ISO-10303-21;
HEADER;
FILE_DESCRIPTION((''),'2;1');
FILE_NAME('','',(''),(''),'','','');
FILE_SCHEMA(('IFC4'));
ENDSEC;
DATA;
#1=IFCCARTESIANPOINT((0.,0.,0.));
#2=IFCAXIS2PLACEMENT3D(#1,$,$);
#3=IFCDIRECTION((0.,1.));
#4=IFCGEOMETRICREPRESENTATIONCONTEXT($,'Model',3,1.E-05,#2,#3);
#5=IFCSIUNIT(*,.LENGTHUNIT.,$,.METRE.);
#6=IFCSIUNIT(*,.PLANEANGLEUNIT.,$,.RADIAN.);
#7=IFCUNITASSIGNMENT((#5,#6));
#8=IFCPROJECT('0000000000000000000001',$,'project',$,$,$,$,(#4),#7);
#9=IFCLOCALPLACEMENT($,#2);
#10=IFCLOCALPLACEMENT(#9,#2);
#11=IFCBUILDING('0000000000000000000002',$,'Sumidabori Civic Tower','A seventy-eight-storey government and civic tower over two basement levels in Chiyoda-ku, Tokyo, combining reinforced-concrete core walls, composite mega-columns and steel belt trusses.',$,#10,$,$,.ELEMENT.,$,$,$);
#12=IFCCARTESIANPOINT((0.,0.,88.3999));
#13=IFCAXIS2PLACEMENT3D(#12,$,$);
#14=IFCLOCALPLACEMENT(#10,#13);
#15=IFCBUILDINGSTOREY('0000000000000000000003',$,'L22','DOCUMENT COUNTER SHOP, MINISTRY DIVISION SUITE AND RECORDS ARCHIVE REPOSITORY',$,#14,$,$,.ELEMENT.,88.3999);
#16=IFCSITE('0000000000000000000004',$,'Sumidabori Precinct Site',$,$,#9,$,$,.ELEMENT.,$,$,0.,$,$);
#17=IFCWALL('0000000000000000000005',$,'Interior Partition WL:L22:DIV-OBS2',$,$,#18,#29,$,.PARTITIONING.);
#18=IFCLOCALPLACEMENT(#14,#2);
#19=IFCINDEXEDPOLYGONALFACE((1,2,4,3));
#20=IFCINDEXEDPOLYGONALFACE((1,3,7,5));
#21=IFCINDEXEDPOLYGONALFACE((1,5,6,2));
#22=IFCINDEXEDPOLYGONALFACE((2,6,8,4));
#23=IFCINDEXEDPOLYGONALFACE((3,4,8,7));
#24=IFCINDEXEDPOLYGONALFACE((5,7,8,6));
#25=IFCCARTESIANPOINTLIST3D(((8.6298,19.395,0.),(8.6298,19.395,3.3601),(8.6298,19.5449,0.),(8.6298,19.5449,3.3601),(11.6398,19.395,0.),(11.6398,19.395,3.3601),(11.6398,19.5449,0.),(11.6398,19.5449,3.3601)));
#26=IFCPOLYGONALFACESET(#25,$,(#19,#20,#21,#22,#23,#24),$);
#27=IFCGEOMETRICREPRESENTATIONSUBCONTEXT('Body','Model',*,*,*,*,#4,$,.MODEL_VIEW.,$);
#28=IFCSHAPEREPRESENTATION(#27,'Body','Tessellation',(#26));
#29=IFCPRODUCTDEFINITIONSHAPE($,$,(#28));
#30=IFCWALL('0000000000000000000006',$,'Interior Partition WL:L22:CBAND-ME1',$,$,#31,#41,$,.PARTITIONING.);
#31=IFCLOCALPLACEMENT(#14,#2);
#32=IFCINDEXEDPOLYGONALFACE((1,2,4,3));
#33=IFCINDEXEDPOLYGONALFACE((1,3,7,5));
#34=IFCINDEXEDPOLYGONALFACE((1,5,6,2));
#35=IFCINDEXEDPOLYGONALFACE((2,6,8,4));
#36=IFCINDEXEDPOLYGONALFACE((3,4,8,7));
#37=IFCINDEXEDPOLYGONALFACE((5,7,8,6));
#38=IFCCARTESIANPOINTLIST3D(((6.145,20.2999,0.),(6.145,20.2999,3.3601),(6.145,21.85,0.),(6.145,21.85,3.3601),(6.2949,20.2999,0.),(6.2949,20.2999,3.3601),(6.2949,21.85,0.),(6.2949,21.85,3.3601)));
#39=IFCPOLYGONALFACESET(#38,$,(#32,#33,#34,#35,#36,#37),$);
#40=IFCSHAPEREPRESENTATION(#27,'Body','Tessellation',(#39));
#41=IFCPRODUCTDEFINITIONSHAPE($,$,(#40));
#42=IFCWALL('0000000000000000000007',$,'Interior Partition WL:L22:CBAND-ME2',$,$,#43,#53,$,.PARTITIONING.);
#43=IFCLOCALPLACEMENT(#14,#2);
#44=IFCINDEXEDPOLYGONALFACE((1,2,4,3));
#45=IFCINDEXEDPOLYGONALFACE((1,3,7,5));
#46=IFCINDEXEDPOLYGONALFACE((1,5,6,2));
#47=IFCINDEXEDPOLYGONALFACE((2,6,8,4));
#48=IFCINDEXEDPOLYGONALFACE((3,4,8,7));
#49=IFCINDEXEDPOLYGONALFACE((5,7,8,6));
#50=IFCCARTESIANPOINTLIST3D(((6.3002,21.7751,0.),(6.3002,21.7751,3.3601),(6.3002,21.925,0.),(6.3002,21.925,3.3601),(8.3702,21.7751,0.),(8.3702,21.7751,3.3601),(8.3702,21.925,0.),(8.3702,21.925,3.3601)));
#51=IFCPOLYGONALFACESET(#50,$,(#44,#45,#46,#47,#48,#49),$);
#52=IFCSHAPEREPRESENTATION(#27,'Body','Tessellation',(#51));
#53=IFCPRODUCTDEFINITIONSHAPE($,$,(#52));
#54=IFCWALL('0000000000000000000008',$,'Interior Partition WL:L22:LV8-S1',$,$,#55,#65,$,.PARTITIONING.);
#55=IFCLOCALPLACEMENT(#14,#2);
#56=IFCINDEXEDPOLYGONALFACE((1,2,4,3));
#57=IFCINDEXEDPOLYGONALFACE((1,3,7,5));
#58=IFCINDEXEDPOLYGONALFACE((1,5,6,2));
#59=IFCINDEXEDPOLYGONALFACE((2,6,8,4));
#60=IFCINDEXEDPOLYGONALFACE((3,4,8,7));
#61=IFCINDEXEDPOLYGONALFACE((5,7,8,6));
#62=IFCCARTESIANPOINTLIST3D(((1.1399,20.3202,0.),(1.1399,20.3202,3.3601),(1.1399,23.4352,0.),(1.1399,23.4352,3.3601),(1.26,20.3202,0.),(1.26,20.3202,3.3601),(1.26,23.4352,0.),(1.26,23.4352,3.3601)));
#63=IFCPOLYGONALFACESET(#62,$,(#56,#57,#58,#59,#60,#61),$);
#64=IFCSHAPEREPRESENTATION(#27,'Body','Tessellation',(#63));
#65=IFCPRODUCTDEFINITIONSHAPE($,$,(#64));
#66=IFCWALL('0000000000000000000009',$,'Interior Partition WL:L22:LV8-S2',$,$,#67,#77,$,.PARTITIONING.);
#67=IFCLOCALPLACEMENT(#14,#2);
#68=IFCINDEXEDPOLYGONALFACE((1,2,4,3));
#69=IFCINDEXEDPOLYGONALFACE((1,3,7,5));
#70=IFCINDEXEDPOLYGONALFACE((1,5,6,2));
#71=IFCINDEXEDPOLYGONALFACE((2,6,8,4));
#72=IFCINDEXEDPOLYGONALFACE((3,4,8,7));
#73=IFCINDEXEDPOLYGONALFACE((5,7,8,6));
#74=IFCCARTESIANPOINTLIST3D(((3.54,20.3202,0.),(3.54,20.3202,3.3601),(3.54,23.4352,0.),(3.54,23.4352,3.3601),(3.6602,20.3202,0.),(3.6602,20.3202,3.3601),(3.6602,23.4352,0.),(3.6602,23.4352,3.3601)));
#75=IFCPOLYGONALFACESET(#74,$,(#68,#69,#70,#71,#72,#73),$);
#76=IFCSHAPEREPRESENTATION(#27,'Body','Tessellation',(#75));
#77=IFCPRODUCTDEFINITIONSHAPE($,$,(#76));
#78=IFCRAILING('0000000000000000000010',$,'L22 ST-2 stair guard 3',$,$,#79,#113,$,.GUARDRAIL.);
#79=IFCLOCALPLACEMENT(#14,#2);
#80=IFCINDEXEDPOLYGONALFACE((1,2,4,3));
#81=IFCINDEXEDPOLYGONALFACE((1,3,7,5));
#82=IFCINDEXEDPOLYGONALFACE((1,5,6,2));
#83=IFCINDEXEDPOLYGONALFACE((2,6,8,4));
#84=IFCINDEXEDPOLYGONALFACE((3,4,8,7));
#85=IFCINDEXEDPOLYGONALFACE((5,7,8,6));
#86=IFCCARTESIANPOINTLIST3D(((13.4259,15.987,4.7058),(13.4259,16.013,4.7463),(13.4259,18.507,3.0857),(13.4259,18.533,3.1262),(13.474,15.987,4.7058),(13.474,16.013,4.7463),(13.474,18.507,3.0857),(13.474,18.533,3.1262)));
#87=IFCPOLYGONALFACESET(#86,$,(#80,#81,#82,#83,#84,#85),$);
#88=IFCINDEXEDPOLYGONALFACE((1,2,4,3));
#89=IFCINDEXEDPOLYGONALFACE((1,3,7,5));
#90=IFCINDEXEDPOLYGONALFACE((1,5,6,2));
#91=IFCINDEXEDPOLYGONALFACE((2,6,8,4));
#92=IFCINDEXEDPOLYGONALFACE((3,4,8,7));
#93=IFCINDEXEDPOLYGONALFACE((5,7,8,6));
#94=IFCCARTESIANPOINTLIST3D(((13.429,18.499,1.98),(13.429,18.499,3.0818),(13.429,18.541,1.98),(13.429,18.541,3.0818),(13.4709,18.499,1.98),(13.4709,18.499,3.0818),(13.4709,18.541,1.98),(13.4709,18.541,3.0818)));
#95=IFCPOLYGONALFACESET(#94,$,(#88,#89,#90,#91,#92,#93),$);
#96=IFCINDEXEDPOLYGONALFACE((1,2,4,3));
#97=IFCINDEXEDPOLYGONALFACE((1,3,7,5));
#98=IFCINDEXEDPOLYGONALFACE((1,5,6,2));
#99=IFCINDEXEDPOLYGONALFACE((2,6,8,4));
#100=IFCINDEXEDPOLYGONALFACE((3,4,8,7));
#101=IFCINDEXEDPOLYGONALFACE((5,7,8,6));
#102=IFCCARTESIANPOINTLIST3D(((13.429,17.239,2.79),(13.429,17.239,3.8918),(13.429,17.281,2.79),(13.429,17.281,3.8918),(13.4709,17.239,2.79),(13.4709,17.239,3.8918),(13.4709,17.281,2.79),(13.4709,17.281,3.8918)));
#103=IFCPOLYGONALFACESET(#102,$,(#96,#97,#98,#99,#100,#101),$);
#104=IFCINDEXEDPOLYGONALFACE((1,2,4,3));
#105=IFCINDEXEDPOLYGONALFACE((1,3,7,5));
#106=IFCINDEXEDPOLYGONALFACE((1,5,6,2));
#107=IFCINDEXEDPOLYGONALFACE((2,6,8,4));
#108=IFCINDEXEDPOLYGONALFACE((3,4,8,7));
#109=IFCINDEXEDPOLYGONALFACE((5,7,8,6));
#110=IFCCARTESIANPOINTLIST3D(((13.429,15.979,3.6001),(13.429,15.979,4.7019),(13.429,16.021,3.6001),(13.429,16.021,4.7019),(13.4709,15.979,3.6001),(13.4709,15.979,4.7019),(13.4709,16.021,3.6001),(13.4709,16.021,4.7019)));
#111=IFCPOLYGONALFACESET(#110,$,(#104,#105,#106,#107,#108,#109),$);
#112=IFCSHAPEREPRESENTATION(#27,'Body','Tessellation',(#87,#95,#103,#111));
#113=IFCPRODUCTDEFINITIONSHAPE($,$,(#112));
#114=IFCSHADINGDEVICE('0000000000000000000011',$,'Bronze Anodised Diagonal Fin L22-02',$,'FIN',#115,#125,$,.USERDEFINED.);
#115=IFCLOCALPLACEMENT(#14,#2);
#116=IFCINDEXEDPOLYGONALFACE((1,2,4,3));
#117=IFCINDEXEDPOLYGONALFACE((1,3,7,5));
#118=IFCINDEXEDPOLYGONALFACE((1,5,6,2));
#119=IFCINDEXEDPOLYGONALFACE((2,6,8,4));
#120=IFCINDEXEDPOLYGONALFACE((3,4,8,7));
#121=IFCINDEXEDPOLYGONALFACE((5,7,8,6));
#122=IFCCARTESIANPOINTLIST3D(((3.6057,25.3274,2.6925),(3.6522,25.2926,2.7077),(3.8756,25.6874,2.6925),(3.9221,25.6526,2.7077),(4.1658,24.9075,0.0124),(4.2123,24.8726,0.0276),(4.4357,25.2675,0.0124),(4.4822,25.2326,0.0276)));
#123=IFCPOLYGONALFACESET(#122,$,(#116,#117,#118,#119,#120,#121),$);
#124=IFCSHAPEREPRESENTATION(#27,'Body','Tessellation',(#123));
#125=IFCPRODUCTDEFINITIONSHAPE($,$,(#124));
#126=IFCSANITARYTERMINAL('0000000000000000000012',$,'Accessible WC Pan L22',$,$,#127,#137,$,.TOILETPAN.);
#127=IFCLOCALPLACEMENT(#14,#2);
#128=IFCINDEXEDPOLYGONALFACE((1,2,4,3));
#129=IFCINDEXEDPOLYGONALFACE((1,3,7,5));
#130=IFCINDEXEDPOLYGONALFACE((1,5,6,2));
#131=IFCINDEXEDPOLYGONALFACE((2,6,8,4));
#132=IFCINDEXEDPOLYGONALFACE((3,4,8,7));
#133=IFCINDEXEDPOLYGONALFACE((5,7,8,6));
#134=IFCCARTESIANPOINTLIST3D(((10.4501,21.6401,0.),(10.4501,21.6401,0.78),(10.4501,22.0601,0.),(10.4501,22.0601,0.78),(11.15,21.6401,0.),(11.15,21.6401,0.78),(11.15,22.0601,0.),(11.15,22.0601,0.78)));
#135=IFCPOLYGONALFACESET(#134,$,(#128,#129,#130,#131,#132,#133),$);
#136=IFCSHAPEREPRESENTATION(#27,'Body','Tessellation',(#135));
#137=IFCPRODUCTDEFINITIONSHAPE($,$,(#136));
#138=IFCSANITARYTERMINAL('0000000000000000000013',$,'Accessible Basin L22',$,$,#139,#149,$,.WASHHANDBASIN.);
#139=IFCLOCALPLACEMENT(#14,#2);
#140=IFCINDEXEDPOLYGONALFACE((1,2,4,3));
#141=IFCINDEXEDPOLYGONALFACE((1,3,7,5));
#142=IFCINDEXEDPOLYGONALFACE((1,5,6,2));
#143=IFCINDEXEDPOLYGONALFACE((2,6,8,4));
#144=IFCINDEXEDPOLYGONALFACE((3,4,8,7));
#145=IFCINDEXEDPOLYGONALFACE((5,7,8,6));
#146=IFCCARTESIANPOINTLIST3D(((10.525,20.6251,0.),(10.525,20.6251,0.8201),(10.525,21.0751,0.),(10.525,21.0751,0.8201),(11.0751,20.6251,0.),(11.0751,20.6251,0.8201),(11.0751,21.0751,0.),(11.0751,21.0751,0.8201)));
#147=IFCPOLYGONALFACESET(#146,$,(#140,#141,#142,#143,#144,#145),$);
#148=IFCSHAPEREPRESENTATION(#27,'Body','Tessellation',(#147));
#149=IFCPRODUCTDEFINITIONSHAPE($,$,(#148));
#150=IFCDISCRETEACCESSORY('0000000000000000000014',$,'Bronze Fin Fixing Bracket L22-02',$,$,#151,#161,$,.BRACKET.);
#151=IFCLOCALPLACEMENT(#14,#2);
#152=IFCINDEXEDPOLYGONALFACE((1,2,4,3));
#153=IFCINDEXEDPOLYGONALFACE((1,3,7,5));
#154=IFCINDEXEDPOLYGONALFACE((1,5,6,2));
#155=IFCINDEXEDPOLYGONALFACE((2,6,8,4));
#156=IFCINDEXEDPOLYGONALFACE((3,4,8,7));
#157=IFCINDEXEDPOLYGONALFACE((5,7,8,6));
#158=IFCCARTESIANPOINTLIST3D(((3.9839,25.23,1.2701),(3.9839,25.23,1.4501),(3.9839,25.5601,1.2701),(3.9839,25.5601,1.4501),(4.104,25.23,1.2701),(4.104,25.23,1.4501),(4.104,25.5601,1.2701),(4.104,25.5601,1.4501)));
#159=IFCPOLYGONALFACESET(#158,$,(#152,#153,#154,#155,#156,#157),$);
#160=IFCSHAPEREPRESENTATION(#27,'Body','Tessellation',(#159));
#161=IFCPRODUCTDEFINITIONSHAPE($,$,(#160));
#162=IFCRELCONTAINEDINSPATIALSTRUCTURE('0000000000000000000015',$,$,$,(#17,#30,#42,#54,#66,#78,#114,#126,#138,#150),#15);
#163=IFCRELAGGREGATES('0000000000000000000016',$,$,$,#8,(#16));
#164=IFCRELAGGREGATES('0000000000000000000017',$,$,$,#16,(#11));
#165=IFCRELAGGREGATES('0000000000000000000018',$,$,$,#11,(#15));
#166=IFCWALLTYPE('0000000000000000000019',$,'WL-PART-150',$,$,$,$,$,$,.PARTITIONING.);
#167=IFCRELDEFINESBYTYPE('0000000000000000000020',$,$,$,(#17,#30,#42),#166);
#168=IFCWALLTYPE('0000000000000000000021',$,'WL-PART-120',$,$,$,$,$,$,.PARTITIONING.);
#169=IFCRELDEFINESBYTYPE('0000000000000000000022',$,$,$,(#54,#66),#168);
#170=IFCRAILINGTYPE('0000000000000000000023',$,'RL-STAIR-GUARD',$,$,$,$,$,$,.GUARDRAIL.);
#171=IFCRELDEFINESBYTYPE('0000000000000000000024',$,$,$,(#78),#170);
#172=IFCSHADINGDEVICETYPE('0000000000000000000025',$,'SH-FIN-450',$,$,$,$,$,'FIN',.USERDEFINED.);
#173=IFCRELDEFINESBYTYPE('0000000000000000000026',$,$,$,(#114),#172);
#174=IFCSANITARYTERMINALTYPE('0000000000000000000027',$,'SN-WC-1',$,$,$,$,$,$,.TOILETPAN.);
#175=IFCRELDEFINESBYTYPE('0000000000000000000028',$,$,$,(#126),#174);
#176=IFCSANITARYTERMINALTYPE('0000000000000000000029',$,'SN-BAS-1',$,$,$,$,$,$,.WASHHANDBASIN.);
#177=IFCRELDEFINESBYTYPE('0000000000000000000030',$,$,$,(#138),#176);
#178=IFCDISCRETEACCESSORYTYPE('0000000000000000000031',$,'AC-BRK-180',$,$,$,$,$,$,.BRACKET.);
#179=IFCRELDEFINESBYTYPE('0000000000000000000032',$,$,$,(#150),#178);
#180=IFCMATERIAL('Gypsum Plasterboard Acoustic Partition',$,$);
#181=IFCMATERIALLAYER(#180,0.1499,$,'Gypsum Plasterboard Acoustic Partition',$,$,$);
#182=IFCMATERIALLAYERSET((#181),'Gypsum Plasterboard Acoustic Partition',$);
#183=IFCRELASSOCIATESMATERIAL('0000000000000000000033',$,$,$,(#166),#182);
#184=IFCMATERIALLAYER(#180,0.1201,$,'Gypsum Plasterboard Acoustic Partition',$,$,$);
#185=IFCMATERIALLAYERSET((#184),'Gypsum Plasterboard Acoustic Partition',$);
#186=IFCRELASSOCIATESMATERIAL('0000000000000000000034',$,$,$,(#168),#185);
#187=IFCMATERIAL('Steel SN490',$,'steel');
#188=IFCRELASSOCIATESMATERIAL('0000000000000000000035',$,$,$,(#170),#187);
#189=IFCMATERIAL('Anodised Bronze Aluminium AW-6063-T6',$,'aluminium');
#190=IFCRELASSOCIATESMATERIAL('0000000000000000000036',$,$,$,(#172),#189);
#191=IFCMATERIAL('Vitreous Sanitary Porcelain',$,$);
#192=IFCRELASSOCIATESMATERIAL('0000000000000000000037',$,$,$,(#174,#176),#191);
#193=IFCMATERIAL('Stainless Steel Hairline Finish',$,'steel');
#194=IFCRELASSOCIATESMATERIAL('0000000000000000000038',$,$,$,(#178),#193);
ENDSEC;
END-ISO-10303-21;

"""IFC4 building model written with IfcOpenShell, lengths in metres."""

from ifc_helpers import new_model, si_unit, direction, frame, frame_2d, origin, origin_2d, place, context, subcontext, project, spatial, rectangle, extrude, source, transform, mapped, material, layer, layer_set, material_profile, profile_set, type_object, element, save


model = new_model("IFC4")

# Units and contexts
model_context = context("Model", 3, precision=1e-05, world=origin(), true_north=direction((0.0, 1.0)))
body_context = subcontext(model_context, "Body", "Model", "MODEL_VIEW")
ifc_project = project(units=[si_unit("LENGTHUNIT", "METRE"), si_unit("PLANEANGLEUNIT", "RADIAN")], contexts=[model_context])

# Site, building, storey
site_placement = place(None, origin())
site = spatial("IfcSite", under=ifc_project, at=site_placement, Name="Sumidabori Precinct Site", CompositionType="ELEMENT", RefElevation=0.0)
building_placement = place(site_placement, origin())
building = spatial("IfcBuilding", under=site, at=building_placement, Name="Sumidabori Civic Tower", Description="A seventy-eight-storey government and civic tower over two basement levels in Chiyoda-ku, Tokyo, combining reinforced-concrete core walls, composite mega-columns and steel belt trusses.", CompositionType="ELEMENT")
storey_placement = place(building_placement, frame((0.0, 0.0, 88.3999)))
storey = spatial("IfcBuildingStorey", under=building, at=storey_placement, Name="L22", Description="DOCUMENT COUNTER SHOP, MINISTRY DIVISION SUITE AND RECORDS ARCHIVE REPOSITORY", CompositionType="ELEMENT", Elevation=88.3999)

# Shared definitions
ifc_material_1 = material(Name="Steel SN490", Category="steel")

# Shared definitions
ifc_material_2 = material(Name="Anodised Bronze Aluminium AW-6063-T6", Category="aluminium")

# Walls
ifc_material_3 = material(Name="Gypsum Plasterboard Acoustic Partition")
ifc_layer_1 = layer(ifc_material_3, 0.1499, Name="Gypsum Plasterboard Acoustic Partition")
ifc_layer_set_1 = layer_set([ifc_layer_1], Name="Gypsum Plasterboard Acoustic Partition")
wall_type_1 = type_object("IfcWallType", Name="WL-PART-150", PredefinedType="PARTITIONING", material=ifc_layer_set_1)
shared_shape_1 = source(origin(), body_context, "Body", "SweptSolid", [
    extrude(rectangle(XDim=3.01, YDim=0.1499, at=frame_2d((1.5049, 0.0))), origin(), (0.0, 0.0, 1.0), 3.3601),
])
wall_1_placement = place(storey_placement, frame((8.6299, 19.47, 0.0), z_axis=(0.0, 0.0, 1.0), x_axis=(1.0, 0.0, 0.0)))
element("IfcWall", 1, at=wall_1_placement, inside=storey, type_object=wall_type_1, Name="Interior Partition WL:L22:DIV-OBS2", PredefinedType="PARTITIONING", context=body_context, shape_type="MappedRepresentation", body=[
    mapped(shared_shape_1, transform((0.0, 0.0, 0.0), x_axis=(1.0, 0.0, 0.0), y_axis=(0.0, 1.0, 0.0), z_axis=(0.0, 0.0, 1.0), scale=1.0)),
])
shared_shape_2 = source(origin(), body_context, "Body", "SweptSolid", [
    extrude(rectangle(XDim=1.55, YDim=0.1499, at=frame_2d((0.7749, 0.0))), origin(), (0.0, 0.0, 1.0), 3.3601),
])
wall_2_placement = place(storey_placement, frame((6.22, 20.3, 0.0), z_axis=(0.0, 0.0, 1.0), x_axis=(0.0, 1.0, 0.0)))
element("IfcWall", 2, at=wall_2_placement, inside=storey, type_object=wall_type_1, Name="Interior Partition WL:L22:CBAND-ME1", PredefinedType="PARTITIONING", context=body_context, shape_type="MappedRepresentation", body=[
    mapped(shared_shape_2, transform((0.0, 0.0, 0.0), x_axis=(1.0, 0.0, 0.0), y_axis=(0.0, 1.0, 0.0), z_axis=(0.0, 0.0, 1.0), scale=1.0)),
])
shared_shape_3 = source(origin(), body_context, "Body", "SweptSolid", [
    extrude(rectangle(XDim=2.0701, YDim=0.1499, at=frame_2d((1.0352, 0.0))), origin(), (0.0, 0.0, 1.0), 3.3601),
])
wall_3_placement = place(storey_placement, frame((6.3, 21.8501, 0.0), z_axis=(0.0, 0.0, 1.0), x_axis=(1.0, 0.0, 0.0)))
element("IfcWall", 3, at=wall_3_placement, inside=storey, type_object=wall_type_1, Name="Interior Partition WL:L22:CBAND-ME2", PredefinedType="PARTITIONING", context=body_context, shape_type="MappedRepresentation", body=[
    mapped(shared_shape_3, transform((0.0, 0.0, 0.0), x_axis=(1.0, 0.0, 0.0), y_axis=(0.0, 1.0, 0.0), z_axis=(0.0, 0.0, 1.0), scale=1.0)),
])
ifc_layer_2 = layer(ifc_material_3, 0.1201, Name="Gypsum Plasterboard Acoustic Partition")
ifc_layer_set_2 = layer_set([ifc_layer_2], Name="Gypsum Plasterboard Acoustic Partition")
wall_type_2 = type_object("IfcWallType", Name="WL-PART-120", PredefinedType="PARTITIONING", material=ifc_layer_set_2)
shared_shape_4 = source(origin(), body_context, "Body", "SweptSolid", [
    extrude(rectangle(XDim=3.115, YDim=0.1201, at=frame_2d((1.5576, 0.0))), origin(), (0.0, 0.0, 1.0), 3.3601),
])
for number, where, z_axis, x_axis, name in (
    (4, (1.2, 20.3201, 0.0), (0.0, 0.0, 1.0), (0.0, 1.0, 0.0), "Interior Partition WL:L22:LV8-S1"),
    (5, (3.6001, 20.3201, 0.0), (0.0, 0.0, 1.0), (0.0, 1.0, 0.0), "Interior Partition WL:L22:LV8-S2"),
):
    element("IfcWall", number, at=place(storey_placement, frame(where, z_axis=z_axis, x_axis=x_axis)), inside=storey, type_object=wall_type_2, Name=name, PredefinedType="PARTITIONING", context=body_context, shape_type="MappedRepresentation", body=[
        mapped(shared_shape_4, transform((0.0, 0.0, 0.0), x_axis=(1.0, 0.0, 0.0), y_axis=(0.0, 1.0, 0.0), z_axis=(0.0, 0.0, 1.0), scale=1.0)),
    ])

# Railing
railing_type = type_object("IfcRailingType", Name="RL-STAIR-GUARD", PredefinedType="GUARDRAIL", material=ifc_material_1)
railing_placement = place(storey_placement, frame((13.45, 18.52, 1.98)))
element("IfcRailing", 6, at=railing_placement, inside=storey, type_object=railing_type, Name="L22 ST-2 stair guard 3", PredefinedType="GUARDRAIL", context=body_context, shape_type="SweptSolid", body=[
    extrude(rectangle(XDim=0.0481, YDim=0.0481, at=origin_2d()), frame((0.0, 0.0, 1.126), z_axis=(0.0, -0.841163, 0.540782), x_axis=(1.0, 0.0, 0.0)), (0.0, 0.0, 1.0), 2.9958),
    extrude(rectangle(XDim=0.042, YDim=0.042, at=origin_2d()), origin(), (0.0, 0.0, 1.0), 1.1018),
    extrude(rectangle(XDim=0.042, YDim=0.042, at=origin_2d()), frame((0.0, -1.26, 0.8101)), (0.0, 0.0, 1.0), 1.1018),
    extrude(rectangle(XDim=0.042, YDim=0.042, at=origin_2d()), frame((0.0, -2.52, 1.6201)), (0.0, 0.0, 1.0), 1.1018),
])

# Shading device
ifc_material_profile_1 = material_profile(ifc_material_2, rectangle(XDim=0.0601, YDim=0.45, at=origin_2d()), Name="BRONZE FIN 450x60")
ifc_profile_set_1 = profile_set([ifc_material_profile_1], Name="Anodised Bronze Aluminium AW-6063-T6")
shading_device_type = type_object("IfcShadingDeviceType", Name="SH-FIN-450", ElementType="FIN", PredefinedType="USERDEFINED", material=ifc_profile_set_1)
shared_shape_5 = source(origin(), body_context, "Body", "SweptSolid", [
    extrude(rectangle(XDim=0.0601, YDim=0.45, at=origin_2d()), origin(), (0.0, 0.0, 1.0), 2.77),
])
shading_device_placement = place(storey_placement, frame((4.324, 25.0701, 0.02), z_axis=(-0.202181, 0.151592, 0.967545), x_axis=(0.774117, -0.580419, 0.2527)))
element("IfcShadingDevice", 7, at=shading_device_placement, inside=storey, type_object=shading_device_type, Name="Bronze Anodised Diagonal Fin L22-02", ObjectType="FIN", PredefinedType="USERDEFINED", context=body_context, shape_type="MappedRepresentation", body=[
    mapped(shared_shape_5, transform((0.0, 0.0, 0.0), x_axis=(1.0, 0.0, 0.0), y_axis=(0.0, 1.0, 0.0), z_axis=(0.0, 0.0, 1.0), scale=1.0)),
])

# Sanitary terminals
ifc_material_4 = material(Name="Vitreous Sanitary Porcelain")
sanitary_terminal_type_1 = type_object("IfcSanitaryTerminalType", Name="SN-WC-1", PredefinedType="TOILETPAN", material=ifc_material_4)
shared_shape_6 = source(origin(), body_context, "Body", "SweptSolid", [
    extrude(rectangle(XDim=0.7, YDim=0.4199, at=origin_2d()), origin(), (0.0, 0.0, 1.0), 0.78),
])
sanitary_terminal_1_placement = place(storey_placement, frame((10.8, 21.8501, 0.0), z_axis=(0.0, 0.0, 1.0), x_axis=(1.0, 0.0, 0.0)))
element("IfcSanitaryTerminal", 8, at=sanitary_terminal_1_placement, inside=storey, type_object=sanitary_terminal_type_1, Name="Accessible WC Pan L22", PredefinedType="TOILETPAN", context=body_context, shape_type="MappedRepresentation", body=[
    mapped(shared_shape_6, transform((0.0, 0.0, 0.0), x_axis=(1.0, 0.0, 0.0), y_axis=(0.0, 1.0, 0.0), z_axis=(0.0, 0.0, 1.0), scale=1.0)),
])
sanitary_terminal_type_2 = type_object("IfcSanitaryTerminalType", Name="SN-BAS-1", PredefinedType="WASHHANDBASIN", material=ifc_material_4)
shared_shape_7 = source(origin(), body_context, "Body", "SweptSolid", [
    extrude(rectangle(XDim=0.55, YDim=0.45, at=origin_2d()), origin(), (0.0, 0.0, 1.0), 0.8201),
])
sanitary_terminal_2_placement = place(storey_placement, frame((10.8, 20.8501, 0.0), z_axis=(0.0, 0.0, 1.0), x_axis=(1.0, 0.0, 0.0)))
element("IfcSanitaryTerminal", 9, at=sanitary_terminal_2_placement, inside=storey, type_object=sanitary_terminal_type_2, Name="Accessible Basin L22", PredefinedType="WASHHANDBASIN", context=body_context, shape_type="MappedRepresentation", body=[
    mapped(shared_shape_7, transform((0.0, 0.0, 0.0), x_axis=(1.0, 0.0, 0.0), y_axis=(0.0, 1.0, 0.0), z_axis=(0.0, 0.0, 1.0), scale=1.0)),
])

# Discrete accessory
ifc_material_5 = material(Name="Stainless Steel Hairline Finish", Category="steel")
ifc_material_profile_2 = material_profile(ifc_material_5, rectangle(XDim=0.1201, YDim=0.1799, at=origin_2d()), Name="STEEL BRACKET 180x120")
ifc_profile_set_2 = profile_set([ifc_material_profile_2], Name="Stainless Steel Hairline Finish")
discrete_accessory_type = type_object("IfcDiscreteAccessoryType", Name="AC-BRK-180", PredefinedType="BRACKET", material=ifc_profile_set_2)
shared_shape_8 = source(origin(), body_context, "Body", "SweptSolid", [
    extrude(rectangle(XDim=0.1201, YDim=0.1799, at=origin_2d()), origin(), (0.0, 0.0, 1.0), 0.3301),
])
discrete_accessory_placement = place(storey_placement, frame((4.0439, 25.23, 1.3601), z_axis=(0.0, 1.0, 0.0), x_axis=(-1.0, 0.0, 0.0)))
element("IfcDiscreteAccessory", 10, at=discrete_accessory_placement, inside=storey, type_object=discrete_accessory_type, Name="Bronze Fin Fixing Bracket L22-02", PredefinedType="BRACKET", context=body_context, shape_type="MappedRepresentation", body=[
    mapped(shared_shape_8, transform((0.0, 0.0, 0.0), x_axis=(1.0, 0.0, 0.0), y_axis=(0.0, 1.0, 0.0), z_axis=(0.0, 0.0, 1.0), scale=1.0)),
])

save(model, "model.ifc")
